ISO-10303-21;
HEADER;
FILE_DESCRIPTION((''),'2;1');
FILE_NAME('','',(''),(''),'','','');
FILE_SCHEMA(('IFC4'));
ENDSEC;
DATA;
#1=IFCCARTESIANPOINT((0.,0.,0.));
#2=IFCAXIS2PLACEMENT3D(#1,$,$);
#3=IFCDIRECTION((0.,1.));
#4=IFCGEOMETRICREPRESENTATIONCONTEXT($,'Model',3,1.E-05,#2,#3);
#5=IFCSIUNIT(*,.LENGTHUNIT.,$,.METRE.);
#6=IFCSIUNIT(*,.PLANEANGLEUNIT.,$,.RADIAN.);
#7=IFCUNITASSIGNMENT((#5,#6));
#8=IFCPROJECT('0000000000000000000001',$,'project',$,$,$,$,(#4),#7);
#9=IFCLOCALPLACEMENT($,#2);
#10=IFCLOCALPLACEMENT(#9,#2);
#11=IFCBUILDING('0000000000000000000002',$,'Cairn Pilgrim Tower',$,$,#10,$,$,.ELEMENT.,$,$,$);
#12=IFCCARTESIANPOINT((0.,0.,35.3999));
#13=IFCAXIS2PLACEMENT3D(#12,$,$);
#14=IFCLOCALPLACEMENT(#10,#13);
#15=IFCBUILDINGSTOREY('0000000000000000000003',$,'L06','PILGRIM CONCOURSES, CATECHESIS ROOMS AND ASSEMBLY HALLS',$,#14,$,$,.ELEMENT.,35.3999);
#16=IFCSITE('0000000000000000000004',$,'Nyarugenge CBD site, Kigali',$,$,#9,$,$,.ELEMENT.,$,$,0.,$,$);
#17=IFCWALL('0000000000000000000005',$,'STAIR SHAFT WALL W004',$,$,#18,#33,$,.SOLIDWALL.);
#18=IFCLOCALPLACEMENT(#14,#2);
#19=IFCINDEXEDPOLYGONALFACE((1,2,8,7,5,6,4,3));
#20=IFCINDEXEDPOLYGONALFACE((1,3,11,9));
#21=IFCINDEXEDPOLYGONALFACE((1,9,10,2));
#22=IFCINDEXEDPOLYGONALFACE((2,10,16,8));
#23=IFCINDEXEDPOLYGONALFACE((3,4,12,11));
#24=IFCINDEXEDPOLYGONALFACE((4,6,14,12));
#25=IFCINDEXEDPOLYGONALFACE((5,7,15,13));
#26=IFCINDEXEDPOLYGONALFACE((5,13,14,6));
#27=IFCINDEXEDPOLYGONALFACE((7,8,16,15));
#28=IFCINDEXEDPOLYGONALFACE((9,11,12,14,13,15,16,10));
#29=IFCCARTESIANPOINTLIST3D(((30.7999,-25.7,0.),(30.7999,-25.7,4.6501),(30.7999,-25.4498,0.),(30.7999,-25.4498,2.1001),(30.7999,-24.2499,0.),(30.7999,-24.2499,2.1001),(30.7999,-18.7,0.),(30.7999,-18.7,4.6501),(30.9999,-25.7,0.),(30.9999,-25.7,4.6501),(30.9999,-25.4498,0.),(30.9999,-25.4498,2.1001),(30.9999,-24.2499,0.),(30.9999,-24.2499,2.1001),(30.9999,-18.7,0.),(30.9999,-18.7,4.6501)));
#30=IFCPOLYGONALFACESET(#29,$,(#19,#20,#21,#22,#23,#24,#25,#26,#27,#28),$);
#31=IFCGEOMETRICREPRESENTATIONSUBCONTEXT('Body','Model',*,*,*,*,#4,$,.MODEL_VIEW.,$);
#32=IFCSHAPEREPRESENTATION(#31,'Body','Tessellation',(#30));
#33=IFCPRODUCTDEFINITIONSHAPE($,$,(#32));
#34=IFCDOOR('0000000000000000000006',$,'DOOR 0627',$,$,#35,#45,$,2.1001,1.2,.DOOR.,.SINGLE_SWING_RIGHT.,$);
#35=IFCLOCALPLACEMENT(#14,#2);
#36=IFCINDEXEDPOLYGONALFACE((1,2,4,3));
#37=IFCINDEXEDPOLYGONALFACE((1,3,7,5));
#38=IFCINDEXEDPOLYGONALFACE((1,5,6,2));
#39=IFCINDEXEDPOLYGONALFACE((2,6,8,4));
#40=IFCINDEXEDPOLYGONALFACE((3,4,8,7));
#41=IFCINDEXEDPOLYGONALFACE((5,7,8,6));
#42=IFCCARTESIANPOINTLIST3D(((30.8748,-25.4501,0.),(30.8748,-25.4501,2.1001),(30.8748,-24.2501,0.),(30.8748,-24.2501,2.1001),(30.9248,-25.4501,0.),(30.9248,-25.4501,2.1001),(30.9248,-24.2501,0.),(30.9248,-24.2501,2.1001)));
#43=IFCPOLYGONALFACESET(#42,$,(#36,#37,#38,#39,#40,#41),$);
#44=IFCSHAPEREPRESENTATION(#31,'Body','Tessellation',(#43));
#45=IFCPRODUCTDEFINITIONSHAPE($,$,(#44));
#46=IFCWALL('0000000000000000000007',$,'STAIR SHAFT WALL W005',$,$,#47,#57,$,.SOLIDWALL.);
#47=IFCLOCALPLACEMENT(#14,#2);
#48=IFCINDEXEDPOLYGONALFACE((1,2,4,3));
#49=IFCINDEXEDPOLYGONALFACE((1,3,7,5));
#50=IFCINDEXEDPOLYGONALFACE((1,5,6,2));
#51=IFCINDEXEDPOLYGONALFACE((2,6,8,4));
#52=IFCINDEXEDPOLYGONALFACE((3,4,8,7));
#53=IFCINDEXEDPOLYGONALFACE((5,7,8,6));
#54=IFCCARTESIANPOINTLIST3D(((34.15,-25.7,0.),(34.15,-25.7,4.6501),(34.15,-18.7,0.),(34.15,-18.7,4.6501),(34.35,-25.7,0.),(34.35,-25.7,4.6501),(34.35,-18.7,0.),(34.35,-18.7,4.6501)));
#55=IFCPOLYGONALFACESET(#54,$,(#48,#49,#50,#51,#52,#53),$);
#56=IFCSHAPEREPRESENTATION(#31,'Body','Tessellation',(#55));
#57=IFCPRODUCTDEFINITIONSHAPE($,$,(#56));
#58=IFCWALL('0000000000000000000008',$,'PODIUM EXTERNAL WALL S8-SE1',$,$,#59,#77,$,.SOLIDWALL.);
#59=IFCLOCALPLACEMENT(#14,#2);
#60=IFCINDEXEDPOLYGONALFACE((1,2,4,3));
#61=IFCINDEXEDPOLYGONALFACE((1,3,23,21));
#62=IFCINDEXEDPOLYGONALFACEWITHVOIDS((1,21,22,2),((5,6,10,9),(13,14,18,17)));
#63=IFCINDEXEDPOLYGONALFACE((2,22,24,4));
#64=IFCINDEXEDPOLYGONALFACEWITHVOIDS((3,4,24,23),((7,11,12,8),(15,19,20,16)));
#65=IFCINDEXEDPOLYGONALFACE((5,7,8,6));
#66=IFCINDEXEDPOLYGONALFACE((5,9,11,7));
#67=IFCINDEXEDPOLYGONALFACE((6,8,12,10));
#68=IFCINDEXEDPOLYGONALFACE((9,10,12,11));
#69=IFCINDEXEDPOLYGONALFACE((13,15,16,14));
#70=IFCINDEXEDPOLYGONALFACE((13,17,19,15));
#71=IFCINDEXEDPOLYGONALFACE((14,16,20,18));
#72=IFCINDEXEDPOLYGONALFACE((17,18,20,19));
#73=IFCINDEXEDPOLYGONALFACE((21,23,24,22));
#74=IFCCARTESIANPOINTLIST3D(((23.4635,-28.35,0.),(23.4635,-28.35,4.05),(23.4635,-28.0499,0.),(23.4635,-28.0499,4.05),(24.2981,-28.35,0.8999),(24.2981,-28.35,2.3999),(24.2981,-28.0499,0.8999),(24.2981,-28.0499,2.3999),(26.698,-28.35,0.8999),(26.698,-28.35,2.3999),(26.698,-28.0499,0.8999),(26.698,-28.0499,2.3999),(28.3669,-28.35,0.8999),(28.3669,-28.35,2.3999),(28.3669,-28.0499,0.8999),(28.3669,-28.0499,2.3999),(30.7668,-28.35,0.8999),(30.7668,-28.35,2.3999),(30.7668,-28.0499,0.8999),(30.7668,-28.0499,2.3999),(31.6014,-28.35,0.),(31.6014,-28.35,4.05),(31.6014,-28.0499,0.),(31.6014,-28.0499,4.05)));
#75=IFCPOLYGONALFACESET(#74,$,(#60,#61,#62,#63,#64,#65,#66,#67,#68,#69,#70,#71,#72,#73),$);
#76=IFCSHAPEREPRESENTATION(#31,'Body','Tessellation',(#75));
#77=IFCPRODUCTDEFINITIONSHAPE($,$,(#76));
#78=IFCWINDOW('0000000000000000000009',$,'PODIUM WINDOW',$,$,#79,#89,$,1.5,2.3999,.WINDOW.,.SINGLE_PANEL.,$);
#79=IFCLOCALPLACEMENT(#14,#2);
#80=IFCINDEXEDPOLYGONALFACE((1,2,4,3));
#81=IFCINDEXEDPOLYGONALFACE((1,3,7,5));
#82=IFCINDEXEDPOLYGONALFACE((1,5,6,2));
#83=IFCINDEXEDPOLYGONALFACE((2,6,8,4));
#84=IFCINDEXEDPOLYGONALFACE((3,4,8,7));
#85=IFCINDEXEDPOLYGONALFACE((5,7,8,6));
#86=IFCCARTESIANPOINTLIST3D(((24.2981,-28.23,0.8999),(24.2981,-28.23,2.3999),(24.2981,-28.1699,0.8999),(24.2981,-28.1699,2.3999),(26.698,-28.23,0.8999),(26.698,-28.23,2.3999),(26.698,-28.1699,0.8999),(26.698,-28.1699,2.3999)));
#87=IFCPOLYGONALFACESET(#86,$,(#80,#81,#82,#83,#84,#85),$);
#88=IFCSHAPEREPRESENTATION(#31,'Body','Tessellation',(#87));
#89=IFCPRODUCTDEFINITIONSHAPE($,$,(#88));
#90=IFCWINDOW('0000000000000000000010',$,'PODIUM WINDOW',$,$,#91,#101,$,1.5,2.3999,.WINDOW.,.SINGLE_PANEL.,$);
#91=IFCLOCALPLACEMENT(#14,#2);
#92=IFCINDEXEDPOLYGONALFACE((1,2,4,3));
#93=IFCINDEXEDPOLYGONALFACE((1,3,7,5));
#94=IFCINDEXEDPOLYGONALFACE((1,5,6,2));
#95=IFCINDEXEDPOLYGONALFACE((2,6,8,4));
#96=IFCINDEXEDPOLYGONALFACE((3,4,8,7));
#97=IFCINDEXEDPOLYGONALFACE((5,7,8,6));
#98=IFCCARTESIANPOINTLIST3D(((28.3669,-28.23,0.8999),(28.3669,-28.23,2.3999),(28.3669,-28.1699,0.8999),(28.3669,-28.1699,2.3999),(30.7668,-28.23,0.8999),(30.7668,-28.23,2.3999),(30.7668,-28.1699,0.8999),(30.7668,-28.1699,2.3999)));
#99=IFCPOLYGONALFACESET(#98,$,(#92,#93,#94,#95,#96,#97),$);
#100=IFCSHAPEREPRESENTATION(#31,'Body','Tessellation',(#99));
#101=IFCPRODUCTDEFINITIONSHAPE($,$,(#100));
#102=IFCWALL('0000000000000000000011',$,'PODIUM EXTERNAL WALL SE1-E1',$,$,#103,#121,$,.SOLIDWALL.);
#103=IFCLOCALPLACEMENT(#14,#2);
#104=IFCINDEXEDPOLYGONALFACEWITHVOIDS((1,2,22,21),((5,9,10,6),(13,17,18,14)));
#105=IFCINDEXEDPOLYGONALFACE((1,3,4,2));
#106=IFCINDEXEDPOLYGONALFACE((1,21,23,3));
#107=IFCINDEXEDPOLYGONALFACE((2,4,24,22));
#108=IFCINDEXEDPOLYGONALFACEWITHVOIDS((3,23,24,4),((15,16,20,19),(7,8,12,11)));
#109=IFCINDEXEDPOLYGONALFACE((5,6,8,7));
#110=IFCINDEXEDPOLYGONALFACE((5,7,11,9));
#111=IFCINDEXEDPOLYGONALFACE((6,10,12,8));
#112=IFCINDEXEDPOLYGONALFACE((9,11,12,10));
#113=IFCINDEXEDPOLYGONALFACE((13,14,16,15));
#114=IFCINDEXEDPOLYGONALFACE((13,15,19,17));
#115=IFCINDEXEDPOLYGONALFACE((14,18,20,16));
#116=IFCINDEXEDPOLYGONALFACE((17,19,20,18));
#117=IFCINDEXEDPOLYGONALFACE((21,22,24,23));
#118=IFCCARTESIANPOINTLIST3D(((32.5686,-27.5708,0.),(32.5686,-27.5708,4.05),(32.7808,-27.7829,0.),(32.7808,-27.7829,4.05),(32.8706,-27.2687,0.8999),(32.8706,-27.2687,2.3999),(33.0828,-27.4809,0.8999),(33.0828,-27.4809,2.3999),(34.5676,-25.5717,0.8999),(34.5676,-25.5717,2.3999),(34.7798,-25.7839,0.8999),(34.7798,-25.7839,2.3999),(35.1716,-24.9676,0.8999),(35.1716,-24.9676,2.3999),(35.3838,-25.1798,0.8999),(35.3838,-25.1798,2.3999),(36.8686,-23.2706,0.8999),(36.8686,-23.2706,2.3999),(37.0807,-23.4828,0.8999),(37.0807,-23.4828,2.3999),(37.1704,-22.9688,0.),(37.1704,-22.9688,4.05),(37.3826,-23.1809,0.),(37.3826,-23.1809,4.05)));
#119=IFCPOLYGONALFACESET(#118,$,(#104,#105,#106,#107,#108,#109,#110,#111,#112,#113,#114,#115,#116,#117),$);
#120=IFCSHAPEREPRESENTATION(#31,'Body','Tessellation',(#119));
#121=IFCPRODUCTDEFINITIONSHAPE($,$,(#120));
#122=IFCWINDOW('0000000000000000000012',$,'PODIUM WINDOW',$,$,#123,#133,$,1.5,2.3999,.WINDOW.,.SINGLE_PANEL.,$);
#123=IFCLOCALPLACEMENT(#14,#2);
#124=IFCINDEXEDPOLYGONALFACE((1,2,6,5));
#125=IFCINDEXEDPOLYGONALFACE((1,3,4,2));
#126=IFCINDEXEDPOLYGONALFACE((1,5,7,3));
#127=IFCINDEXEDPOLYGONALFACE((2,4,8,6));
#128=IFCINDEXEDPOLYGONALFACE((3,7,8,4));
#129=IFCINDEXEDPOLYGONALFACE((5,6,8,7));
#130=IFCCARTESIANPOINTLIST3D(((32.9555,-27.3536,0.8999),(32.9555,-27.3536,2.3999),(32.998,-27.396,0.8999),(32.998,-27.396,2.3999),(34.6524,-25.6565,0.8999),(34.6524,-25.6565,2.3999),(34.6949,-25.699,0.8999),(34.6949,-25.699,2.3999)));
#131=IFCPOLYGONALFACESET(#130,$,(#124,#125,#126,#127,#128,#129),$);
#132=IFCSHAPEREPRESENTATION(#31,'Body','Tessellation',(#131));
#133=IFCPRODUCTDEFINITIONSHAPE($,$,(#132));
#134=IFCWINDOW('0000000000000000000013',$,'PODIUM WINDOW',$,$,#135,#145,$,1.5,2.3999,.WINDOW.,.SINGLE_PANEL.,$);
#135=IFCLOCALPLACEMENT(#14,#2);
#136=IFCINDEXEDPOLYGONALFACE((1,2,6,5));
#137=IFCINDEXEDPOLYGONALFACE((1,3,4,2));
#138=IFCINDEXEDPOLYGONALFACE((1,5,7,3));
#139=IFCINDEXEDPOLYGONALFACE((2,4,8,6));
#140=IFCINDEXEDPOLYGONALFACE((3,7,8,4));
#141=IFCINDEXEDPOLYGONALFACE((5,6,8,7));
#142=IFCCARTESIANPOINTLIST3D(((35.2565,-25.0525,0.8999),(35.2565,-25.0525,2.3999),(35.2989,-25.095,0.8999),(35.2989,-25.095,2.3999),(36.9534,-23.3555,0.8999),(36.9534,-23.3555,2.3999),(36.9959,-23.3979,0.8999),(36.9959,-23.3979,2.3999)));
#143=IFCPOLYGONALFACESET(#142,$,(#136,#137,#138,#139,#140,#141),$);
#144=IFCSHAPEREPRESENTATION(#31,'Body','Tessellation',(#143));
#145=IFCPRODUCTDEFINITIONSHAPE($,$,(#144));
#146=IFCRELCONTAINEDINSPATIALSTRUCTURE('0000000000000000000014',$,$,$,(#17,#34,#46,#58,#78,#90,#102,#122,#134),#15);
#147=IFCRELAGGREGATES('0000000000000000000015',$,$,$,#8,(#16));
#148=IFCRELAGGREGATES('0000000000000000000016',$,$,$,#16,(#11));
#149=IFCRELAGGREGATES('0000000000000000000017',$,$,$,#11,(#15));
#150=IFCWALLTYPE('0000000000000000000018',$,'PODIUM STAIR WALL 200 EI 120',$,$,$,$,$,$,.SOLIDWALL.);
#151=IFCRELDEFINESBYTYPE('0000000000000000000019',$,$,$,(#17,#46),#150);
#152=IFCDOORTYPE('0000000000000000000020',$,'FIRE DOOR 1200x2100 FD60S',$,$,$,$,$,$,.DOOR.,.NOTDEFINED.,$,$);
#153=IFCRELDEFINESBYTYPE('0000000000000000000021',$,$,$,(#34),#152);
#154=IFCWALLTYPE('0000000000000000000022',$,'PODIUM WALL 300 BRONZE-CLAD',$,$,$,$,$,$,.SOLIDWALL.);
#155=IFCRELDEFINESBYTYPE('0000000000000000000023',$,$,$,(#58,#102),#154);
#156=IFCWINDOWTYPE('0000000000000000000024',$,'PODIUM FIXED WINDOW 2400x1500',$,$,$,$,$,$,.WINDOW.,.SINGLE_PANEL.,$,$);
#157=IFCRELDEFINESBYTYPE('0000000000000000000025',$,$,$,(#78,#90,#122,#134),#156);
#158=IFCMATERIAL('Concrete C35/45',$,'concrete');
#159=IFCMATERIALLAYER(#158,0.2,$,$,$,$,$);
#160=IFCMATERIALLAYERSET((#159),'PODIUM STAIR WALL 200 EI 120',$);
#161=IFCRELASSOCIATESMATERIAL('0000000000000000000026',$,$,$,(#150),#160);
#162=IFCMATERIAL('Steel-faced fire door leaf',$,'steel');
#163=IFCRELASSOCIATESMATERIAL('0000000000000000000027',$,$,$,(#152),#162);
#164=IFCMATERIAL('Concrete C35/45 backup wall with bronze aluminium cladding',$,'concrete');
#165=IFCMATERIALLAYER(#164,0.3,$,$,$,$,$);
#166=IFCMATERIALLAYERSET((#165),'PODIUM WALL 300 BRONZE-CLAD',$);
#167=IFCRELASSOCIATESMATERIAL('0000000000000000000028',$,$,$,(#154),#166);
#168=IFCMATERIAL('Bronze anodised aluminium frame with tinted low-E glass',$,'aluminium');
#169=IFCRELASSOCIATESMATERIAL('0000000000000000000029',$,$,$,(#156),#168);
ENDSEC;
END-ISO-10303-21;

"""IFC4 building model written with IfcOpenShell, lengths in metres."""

from ifc_helpers import new_model, si_unit, direction, frame, frame_2d, origin, place, context, subcontext, project, spatial, rectangle, extrude, material, layer, layer_set, type_object, element, fill, save


model = new_model("IFC4")

# Units and contexts
model_context = context("Model", 3, precision=1e-05, world=origin(), true_north=direction((0.0, 1.0)))
body_context = subcontext(model_context, "Body", "Model", "MODEL_VIEW")
ifc_project = project(units=[si_unit("LENGTHUNIT", "METRE"), si_unit("PLANEANGLEUNIT", "RADIAN")], contexts=[model_context])

# Site, building, storey
site_placement = place(None, origin())
site = spatial("IfcSite", under=ifc_project, at=site_placement, Name="Nyarugenge CBD site, Kigali", CompositionType="ELEMENT", RefElevation=0.0)
building_placement = place(site_placement, origin())
building = spatial("IfcBuilding", under=site, at=building_placement, Name="Cairn Pilgrim Tower", CompositionType="ELEMENT")
storey_placement = place(building_placement, frame((0.0, 0.0, 35.3999)))
storey = spatial("IfcBuildingStorey", under=building, at=storey_placement, Name="L06", Description="PILGRIM CONCOURSES, CATECHESIS ROOMS AND ASSEMBLY HALLS", CompositionType="ELEMENT", Elevation=35.3999)

# Shared definitions
ifc_material_1 = material(Name="Concrete C35/45", Category="concrete")
ifc_layer_1 = layer(ifc_material_1, 0.2)
ifc_layer_set_1 = layer_set([ifc_layer_1], Name="PODIUM STAIR WALL 200 EI 120")
wall_type_1 = type_object("IfcWallType", Name="PODIUM STAIR WALL 200 EI 120", PredefinedType="SOLIDWALL", material=ifc_layer_set_1)

# Wall, opening, door
wall_1_placement = place(storey_placement, frame((30.8999, -25.7, 0.0), z_axis=(0.0, 0.0, 1.0), x_axis=(0.0, 1.0, 0.0)))
wall_1 = element("IfcWall", 1, at=wall_1_placement, inside=storey, type_object=wall_type_1, Name="STAIR SHAFT WALL W004", PredefinedType="SOLIDWALL", context=body_context, shape_type="SweptSolid", body=[
    extrude(rectangle(XDim=7.0, YDim=0.2, at=frame_2d((3.5, 0.0))), origin(), (0.0, 0.0, 1.0), 4.6501),
])
opening_1_placement = place(wall_1_placement, frame((0.25, 0.0, 0.0)))
opening_1 = element("IfcOpeningElement", 2, at=opening_1_placement, cuts=wall_1, PredefinedType="OPENING", context=body_context, shape_type="SweptSolid", body=[
    extrude(rectangle(XDim=1.2, YDim=2.1001, at=frame_2d((0.6001, 1.05))), frame((0.0, 0.1099, 0.0), z_axis=(0.0, -1.0, 0.0), x_axis=(1.0, 0.0, 0.0)), (0.0, 0.0, 1.0), 0.22),
])
ifc_material_2 = material(Name="Steel-faced fire door leaf", Category="steel")
door_type_1 = type_object("IfcDoorType", Name="FIRE DOOR 1200x2100 FD60S", OperationType="NOTDEFINED", PredefinedType="DOOR", material=ifc_material_2)
door_1_placement = place(opening_1_placement, frame((1.2, 0.0, 0.0), z_axis=(0.0, 0.0, 1.0), x_axis=(-1.0, 0.0, 0.0)))
door_1 = element("IfcDoor", 3, at=door_1_placement, inside=storey, type_object=door_type_1, Name="DOOR 0627", OperationType="SINGLE_SWING_RIGHT", OverallHeight=2.1001, OverallWidth=1.2, PredefinedType="DOOR", context=body_context, shape_type="SweptSolid", body=[
    extrude(rectangle(XDim=1.2, YDim=2.1001, at=frame_2d((0.6001, 1.05))), frame((0.0, 0.0249, 0.0), z_axis=(0.0, -1.0, 0.0), x_axis=(1.0, 0.0, 0.0)), (0.0, 0.0, 1.0), 0.05),
])
fill(opening_1, door_1)

# Wall
wall_2_placement = place(storey_placement, frame((34.25, -25.7, 0.0), z_axis=(0.0, 0.0, 1.0), x_axis=(0.0, 1.0, 0.0)))
element("IfcWall", 4, at=wall_2_placement, inside=storey, type_object=wall_type_1, Name="STAIR SHAFT WALL W005", PredefinedType="SOLIDWALL", context=body_context, shape_type="SweptSolid", body=[
    extrude(rectangle(XDim=7.0, YDim=0.2, at=frame_2d((3.5, 0.0))), origin(), (0.0, 0.0, 1.0), 4.6501),
])

# Walls, openings, windows
ifc_material_3 = material(Name="Concrete C35/45 backup wall with bronze aluminium cladding", Category="concrete")
ifc_layer_2 = layer(ifc_material_3, 0.3)
ifc_layer_set_2 = layer_set([ifc_layer_2], Name="PODIUM WALL 300 BRONZE-CLAD")
wall_type_2 = type_object("IfcWallType", Name="PODIUM WALL 300 BRONZE-CLAD", PredefinedType="SOLIDWALL", material=ifc_layer_set_2)
wall_3_placement = place(storey_placement, frame((23.4636, -28.2, 0.0), z_axis=(0.0, 0.0, 1.0), x_axis=(1.0, 0.0, 0.0)))
wall_3 = element("IfcWall", 5, at=wall_3_placement, inside=storey, type_object=wall_type_2, Name="PODIUM EXTERNAL WALL S8-SE1", PredefinedType="SOLIDWALL", context=body_context, shape_type="SweptSolid", body=[
    extrude(rectangle(XDim=8.1379, YDim=0.3, at=frame_2d((4.0688, 0.0))), origin(), (0.0, 0.0, 1.0), 4.05),
])
opening_2_placement = place(wall_3_placement, frame((0.8345, 0.0, 0.8999)))
opening_2 = element("IfcOpeningElement", 6, at=opening_2_placement, cuts=wall_3, PredefinedType="OPENING", context=body_context, shape_type="SweptSolid", body=[
    extrude(rectangle(XDim=2.3999, YDim=1.5, at=frame_2d((1.2, 0.75))), frame((0.0, 0.1602, 0.0), z_axis=(0.0, -1.0, 0.0), x_axis=(1.0, 0.0, 0.0)), (0.0, 0.0, 1.0), 0.3201),
])
opening_3_placement = place(wall_3_placement, frame((4.9033, 0.0, 0.8999)))
opening_3 = element("IfcOpeningElement", 7, at=opening_3_placement, cuts=wall_3, PredefinedType="OPENING", context=body_context, shape_type="SweptSolid", body=[
    extrude(rectangle(XDim=2.3999, YDim=1.5, at=frame_2d((1.2, 0.75))), frame((0.0, 0.1602, 0.0), z_axis=(0.0, -1.0, 0.0), x_axis=(1.0, 0.0, 0.0)), (0.0, 0.0, 1.0), 0.3201),
])
ifc_material_4 = material(Name="Bronze anodised aluminium frame with tinted low-E glass", Category="aluminium")
window_type = type_object("IfcWindowType", Name="PODIUM FIXED WINDOW 2400x1500", PartitioningType="SINGLE_PANEL", PredefinedType="WINDOW", material=ifc_material_4)
window_1_placement = place(opening_2_placement, origin())
window_1 = element("IfcWindow", 8, at=window_1_placement, inside=storey, type_object=window_type, Name="PODIUM WINDOW", OverallHeight=1.5, OverallWidth=2.3999, PartitioningType="SINGLE_PANEL", PredefinedType="WINDOW", context=body_context, shape_type="SweptSolid", body=[
    extrude(rectangle(XDim=2.3999, YDim=1.5, at=frame_2d((1.2, 0.75))), frame((0.0, 0.03, 0.0), z_axis=(0.0, -1.0, 0.0), x_axis=(1.0, 0.0, 0.0)), (0.0, 0.0, 1.0), 0.0601),
])
fill(opening_2, window_1)
window_2_placement = place(opening_3_placement, origin())
window_2 = element("IfcWindow", 9, at=window_2_placement, inside=storey, type_object=window_type, Name="PODIUM WINDOW", OverallHeight=1.5, OverallWidth=2.3999, PartitioningType="SINGLE_PANEL", PredefinedType="WINDOW", context=body_context, shape_type="SweptSolid", body=[
    extrude(rectangle(XDim=2.3999, YDim=1.5, at=frame_2d((1.2, 0.75))), frame((0.0, 0.03, 0.0), z_axis=(0.0, -1.0, 0.0), x_axis=(1.0, 0.0, 0.0)), (0.0, 0.0, 1.0), 0.0601),
])
fill(opening_3, window_2)
wall_4_placement = place(storey_placement, frame((32.6748, -27.6768, 0.0), z_axis=(0.0, 0.0, 1.0), x_axis=(0.707088, 0.707126, 0.0)))
wall_4 = element("IfcWall", 10, at=wall_4_placement, inside=storey, type_object=wall_type_2, Name="PODIUM EXTERNAL WALL SE1-E1", PredefinedType="SOLIDWALL", context=body_context, shape_type="SweptSolid", body=[
    extrude(rectangle(XDim=6.5081, YDim=0.3, at=frame_2d((3.2539, 0.0))), origin(), (0.0, 0.0, 1.0), 4.05),
])
opening_4_placement = place(wall_4_placement, frame((0.427, 0.0, 0.8999)))
opening_4 = element("IfcOpeningElement", 11, at=opening_4_placement, cuts=wall_4, PredefinedType="OPENING", context=body_context, shape_type="SweptSolid", body=[
    extrude(rectangle(XDim=2.3999, YDim=1.5, at=frame_2d((1.2, 0.75))), frame((0.0, 0.1602, 0.0), z_axis=(0.0, -1.0, 0.0), x_axis=(1.0, 0.0, 0.0)), (0.0, 0.0, 1.0), 0.3201),
])
opening_5_placement = place(wall_4_placement, frame((3.6812, 0.0, 0.8999)))
opening_5 = element("IfcOpeningElement", 12, at=opening_5_placement, cuts=wall_4, PredefinedType="OPENING", context=body_context, shape_type="SweptSolid", body=[
    extrude(rectangle(XDim=2.3999, YDim=1.5, at=frame_2d((1.2, 0.75))), frame((0.0, 0.1602, 0.0), z_axis=(0.0, -1.0, 0.0), x_axis=(1.0, 0.0, 0.0)), (0.0, 0.0, 1.0), 0.3201),
])
window_3_placement = place(opening_4_placement, origin())
window_3 = element("IfcWindow", 13, at=window_3_placement, inside=storey, type_object=window_type, Name="PODIUM WINDOW", OverallHeight=1.5, OverallWidth=2.3999, PartitioningType="SINGLE_PANEL", PredefinedType="WINDOW", context=body_context, shape_type="SweptSolid", body=[
    extrude(rectangle(XDim=2.3999, YDim=1.5, at=frame_2d((1.2, 0.75))), frame((0.0, 0.03, 0.0), z_axis=(0.0, -1.0, 0.0), x_axis=(1.0, 0.0, 0.0)), (0.0, 0.0, 1.0), 0.0601),
])
fill(opening_4, window_3)
window_4_placement = place(opening_5_placement, origin())
window_4 = element("IfcWindow", 14, at=window_4_placement, inside=storey, type_object=window_type, Name="PODIUM WINDOW", OverallHeight=1.5, OverallWidth=2.3999, PartitioningType="SINGLE_PANEL", PredefinedType="WINDOW", context=body_context, shape_type="SweptSolid", body=[
    extrude(rectangle(XDim=2.3999, YDim=1.5, at=frame_2d((1.2, 0.75))), frame((0.0, 0.03, 0.0), z_axis=(0.0, -1.0, 0.0), x_axis=(1.0, 0.0, 0.0)), (0.0, 0.0, 1.0), 0.0601),
])
fill(opening_5, window_4)

save(model, "model.ifc")
